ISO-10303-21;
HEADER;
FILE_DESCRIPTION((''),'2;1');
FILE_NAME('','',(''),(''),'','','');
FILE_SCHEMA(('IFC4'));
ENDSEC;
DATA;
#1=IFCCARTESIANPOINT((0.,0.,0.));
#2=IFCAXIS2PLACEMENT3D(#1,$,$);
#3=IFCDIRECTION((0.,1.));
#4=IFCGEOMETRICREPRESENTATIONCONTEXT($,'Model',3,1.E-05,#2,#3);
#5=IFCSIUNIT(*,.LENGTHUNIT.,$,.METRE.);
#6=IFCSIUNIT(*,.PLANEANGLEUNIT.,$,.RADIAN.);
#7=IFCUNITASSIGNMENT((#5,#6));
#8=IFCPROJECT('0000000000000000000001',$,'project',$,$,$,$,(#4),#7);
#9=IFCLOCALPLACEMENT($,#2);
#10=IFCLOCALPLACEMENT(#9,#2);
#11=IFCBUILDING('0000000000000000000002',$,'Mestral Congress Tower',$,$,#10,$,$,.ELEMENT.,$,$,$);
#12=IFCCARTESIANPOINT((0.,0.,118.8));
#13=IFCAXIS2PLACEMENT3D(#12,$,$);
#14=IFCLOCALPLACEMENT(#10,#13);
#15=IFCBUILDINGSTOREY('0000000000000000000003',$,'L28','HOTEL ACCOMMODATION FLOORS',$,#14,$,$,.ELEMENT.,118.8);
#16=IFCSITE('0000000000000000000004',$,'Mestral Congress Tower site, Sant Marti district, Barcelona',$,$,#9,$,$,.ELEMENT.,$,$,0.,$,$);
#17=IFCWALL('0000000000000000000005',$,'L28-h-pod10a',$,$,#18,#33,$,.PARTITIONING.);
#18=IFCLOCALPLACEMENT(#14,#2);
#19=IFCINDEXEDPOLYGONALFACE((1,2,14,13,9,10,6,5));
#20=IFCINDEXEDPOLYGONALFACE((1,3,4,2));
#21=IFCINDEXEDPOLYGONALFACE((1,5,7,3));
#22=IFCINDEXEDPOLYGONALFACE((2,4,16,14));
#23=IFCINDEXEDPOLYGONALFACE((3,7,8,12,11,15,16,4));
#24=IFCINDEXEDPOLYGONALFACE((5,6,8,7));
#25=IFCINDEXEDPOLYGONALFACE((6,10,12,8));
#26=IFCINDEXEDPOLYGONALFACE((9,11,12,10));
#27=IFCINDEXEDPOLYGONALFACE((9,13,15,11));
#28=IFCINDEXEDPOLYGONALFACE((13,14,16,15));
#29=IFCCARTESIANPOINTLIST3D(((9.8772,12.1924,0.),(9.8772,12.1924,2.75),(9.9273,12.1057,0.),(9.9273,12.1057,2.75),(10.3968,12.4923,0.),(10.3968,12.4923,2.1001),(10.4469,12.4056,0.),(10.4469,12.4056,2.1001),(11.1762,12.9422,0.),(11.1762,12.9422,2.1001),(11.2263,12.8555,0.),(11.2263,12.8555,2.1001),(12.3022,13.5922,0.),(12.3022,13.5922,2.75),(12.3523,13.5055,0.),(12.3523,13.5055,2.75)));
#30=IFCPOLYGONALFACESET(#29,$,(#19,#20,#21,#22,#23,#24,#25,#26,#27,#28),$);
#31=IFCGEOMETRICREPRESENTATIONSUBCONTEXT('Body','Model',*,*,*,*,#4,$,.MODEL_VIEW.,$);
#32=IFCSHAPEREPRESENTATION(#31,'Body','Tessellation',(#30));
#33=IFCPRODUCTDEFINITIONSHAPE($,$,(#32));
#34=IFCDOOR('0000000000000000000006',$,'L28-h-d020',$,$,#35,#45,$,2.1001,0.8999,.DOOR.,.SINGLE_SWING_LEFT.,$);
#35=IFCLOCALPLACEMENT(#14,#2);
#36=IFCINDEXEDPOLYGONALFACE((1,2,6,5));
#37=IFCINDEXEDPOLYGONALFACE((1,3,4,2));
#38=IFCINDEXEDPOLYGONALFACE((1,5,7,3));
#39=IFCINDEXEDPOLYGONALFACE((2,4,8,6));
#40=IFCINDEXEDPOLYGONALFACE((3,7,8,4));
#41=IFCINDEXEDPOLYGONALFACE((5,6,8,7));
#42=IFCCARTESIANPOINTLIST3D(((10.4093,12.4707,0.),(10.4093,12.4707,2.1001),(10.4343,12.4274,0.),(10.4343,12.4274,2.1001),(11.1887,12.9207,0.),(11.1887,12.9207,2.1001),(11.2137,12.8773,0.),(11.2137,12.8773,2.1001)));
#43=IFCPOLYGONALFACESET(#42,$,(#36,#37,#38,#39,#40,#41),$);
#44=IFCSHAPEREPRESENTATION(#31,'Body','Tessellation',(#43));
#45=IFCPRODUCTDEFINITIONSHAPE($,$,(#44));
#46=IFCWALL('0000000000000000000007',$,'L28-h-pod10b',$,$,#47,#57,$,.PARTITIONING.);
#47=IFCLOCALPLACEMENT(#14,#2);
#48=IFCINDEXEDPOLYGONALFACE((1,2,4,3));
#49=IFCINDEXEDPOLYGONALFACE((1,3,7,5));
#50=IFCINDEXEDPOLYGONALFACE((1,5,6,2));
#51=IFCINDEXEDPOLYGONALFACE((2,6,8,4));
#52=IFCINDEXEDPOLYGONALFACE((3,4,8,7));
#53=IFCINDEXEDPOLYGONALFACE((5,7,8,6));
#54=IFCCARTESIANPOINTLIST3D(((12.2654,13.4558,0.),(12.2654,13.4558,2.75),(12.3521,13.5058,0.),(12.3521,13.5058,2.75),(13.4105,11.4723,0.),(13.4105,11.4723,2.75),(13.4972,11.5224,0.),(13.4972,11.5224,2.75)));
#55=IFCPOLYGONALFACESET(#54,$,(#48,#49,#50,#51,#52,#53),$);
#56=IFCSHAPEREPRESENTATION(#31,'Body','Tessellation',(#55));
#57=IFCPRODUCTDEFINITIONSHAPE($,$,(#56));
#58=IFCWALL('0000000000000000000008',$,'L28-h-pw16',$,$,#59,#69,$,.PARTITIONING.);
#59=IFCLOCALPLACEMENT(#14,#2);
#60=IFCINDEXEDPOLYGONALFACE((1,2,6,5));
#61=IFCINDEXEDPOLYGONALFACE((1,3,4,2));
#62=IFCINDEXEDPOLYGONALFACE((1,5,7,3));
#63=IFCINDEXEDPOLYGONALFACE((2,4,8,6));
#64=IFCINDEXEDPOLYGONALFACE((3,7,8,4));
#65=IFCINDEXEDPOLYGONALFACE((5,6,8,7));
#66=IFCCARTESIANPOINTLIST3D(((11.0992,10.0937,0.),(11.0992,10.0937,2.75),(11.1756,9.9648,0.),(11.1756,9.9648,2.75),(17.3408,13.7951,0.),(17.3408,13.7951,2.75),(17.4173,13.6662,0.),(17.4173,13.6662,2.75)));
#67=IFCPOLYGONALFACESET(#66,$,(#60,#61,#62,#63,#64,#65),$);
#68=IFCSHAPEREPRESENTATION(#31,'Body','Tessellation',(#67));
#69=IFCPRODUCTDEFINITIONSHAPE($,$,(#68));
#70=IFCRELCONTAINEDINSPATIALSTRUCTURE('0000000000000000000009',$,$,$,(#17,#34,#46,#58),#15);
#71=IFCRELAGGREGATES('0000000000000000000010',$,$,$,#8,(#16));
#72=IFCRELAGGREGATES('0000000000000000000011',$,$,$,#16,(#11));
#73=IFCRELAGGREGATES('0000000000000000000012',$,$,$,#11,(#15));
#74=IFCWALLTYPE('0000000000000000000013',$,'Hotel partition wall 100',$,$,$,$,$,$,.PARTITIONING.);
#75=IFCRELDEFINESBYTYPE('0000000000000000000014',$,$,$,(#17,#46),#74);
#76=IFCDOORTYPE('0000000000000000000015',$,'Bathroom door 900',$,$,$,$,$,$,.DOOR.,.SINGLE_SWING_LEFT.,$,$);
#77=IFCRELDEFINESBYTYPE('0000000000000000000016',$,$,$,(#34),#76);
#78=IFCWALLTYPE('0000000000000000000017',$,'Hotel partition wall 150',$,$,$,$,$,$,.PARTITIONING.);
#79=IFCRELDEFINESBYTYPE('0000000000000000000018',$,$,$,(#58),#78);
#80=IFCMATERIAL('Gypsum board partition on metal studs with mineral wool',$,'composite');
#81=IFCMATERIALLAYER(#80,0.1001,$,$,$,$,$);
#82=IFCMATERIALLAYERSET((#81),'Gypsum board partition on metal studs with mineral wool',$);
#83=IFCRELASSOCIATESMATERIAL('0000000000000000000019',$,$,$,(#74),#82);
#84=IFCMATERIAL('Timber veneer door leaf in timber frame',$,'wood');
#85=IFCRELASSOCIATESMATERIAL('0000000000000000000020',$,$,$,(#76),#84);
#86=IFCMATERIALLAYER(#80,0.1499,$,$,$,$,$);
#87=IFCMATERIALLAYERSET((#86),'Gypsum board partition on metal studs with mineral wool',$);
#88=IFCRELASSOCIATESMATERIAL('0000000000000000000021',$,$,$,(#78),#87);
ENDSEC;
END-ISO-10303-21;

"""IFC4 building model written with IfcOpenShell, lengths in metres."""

from ifc_helpers import new_model, si_unit, direction, frame, frame_2d, origin, place, context, subcontext, project, spatial, rectangle, extrude, material, layer, layer_set, type_object, element, fill, save


model = new_model("IFC4")

# Units and contexts
model_context = context("Model", 3, precision=1e-05, world=origin(), true_north=direction((0.0, 1.0)))
body_context = subcontext(model_context, "Body", "Model", "MODEL_VIEW")
ifc_project = project(units=[si_unit("LENGTHUNIT", "METRE"), si_unit("PLANEANGLEUNIT", "RADIAN")], contexts=[model_context])

# Site, building, storey
site_placement = place(None, origin())
site = spatial("IfcSite", under=ifc_project, at=site_placement, Name="Mestral Congress Tower site, Sant Marti district, Barcelona", CompositionType="ELEMENT", RefElevation=0.0)
building_placement = place(site_placement, origin())
building = spatial("IfcBuilding", under=site, at=building_placement, Name="Mestral Congress Tower", CompositionType="ELEMENT")
storey_placement = place(building_placement, frame((0.0, 0.0, 118.8)))
storey = spatial("IfcBuildingStorey", under=building, at=storey_placement, Name="L28", Description="HOTEL ACCOMMODATION FLOORS", CompositionType="ELEMENT", Elevation=118.8)

# Shared definitions
ifc_material_1 = material(Name="Gypsum board partition on metal studs with mineral wool", Category="composite")
ifc_layer_1 = layer(ifc_material_1, 0.1001)
ifc_layer_set_1 = layer_set([ifc_layer_1], Name="Gypsum board partition on metal studs with mineral wool")
wall_type_1 = type_object("IfcWallType", Name="Hotel partition wall 100", PredefinedType="PARTITIONING", material=ifc_layer_set_1)

# Wall, opening, door
wall_1_placement = place(storey_placement, frame((12.3271, 13.5488, 0.0), z_axis=(0.0, 0.0, 1.0), x_axis=(-0.866056, -0.499946, 0.0)))
wall_1 = element("IfcWall", 1, at=wall_1_placement, inside=storey, type_object=wall_type_1, Name="L28-h-pod10a", PredefinedType="PARTITIONING", context=body_context, shape_type="SweptSolid", body=[
    extrude(rectangle(XDim=2.8, YDim=0.1001, at=frame_2d((1.3999, 0.0))), origin(), (0.0, 0.0, 1.0), 2.75),
])
opening_1_placement = place(wall_1_placement, frame((1.3, 0.0, 0.0)))
opening_1 = element("IfcOpeningElement", 2, at=opening_1_placement, cuts=wall_1, PredefinedType="OPENING", context=body_context, shape_type="SweptSolid", body=[
    extrude(rectangle(XDim=0.8999, YDim=2.1001, at=frame_2d((0.45, 1.05))), frame((0.0, 0.0601, 0.0), z_axis=(0.0, -1.0, 0.0), x_axis=(1.0, 0.0, 0.0)), (0.0, 0.0, 1.0), 0.1201),
])
ifc_material_2 = material(Name="Timber veneer door leaf in timber frame", Category="wood")
door_type = type_object("IfcDoorType", Name="Bathroom door 900", OperationType="SINGLE_SWING_LEFT", PredefinedType="DOOR", material=ifc_material_2)
door_placement = place(opening_1_placement, origin())
door = element("IfcDoor", 3, at=door_placement, inside=storey, type_object=door_type, Name="L28-h-d020", OperationType="SINGLE_SWING_LEFT", OverallHeight=2.1001, OverallWidth=0.8999, PredefinedType="DOOR", context=body_context, shape_type="SweptSolid", body=[
    extrude(rectangle(XDim=0.8999, YDim=2.1001, at=frame_2d((0.45, 1.05))), frame((0.0, 0.0249, 0.0), z_axis=(0.0, -1.0, 0.0), x_axis=(1.0, 0.0, 0.0)), (0.0, 0.0, 1.0), 0.05),
])
fill(opening_1, door)

# Walls
wall_2_placement = place(storey_placement, frame((12.3088, 13.4807, 0.0), z_axis=(0.0, 0.0, 1.0), x_axis=(0.499969, -0.866044, 0.0)))
element("IfcWall", 4, at=wall_2_placement, inside=storey, type_object=wall_type_1, Name="L28-h-pod10b", PredefinedType="PARTITIONING", context=body_context, shape_type="SweptSolid", body=[
    extrude(rectangle(XDim=2.2903, YDim=0.1001, at=frame_2d((1.145, 0.0))), origin(), (0.0, 0.0, 1.0), 2.75),
])
ifc_layer_2 = layer(ifc_material_1, 0.1499)
ifc_layer_set_2 = layer_set([ifc_layer_2], Name="Gypsum board partition on metal studs with mineral wool")
wall_type_2 = type_object("IfcWallType", Name="Hotel partition wall 150", PredefinedType="PARTITIONING", material=ifc_layer_set_2)
wall_3_placement = place(storey_placement, frame((17.3792, 13.7307, 0.0), z_axis=(0.0, 0.0, 1.0), x_axis=(-0.860132, -0.510071, 0.0)))
element("IfcWall", 5, at=wall_3_placement, inside=storey, type_object=wall_type_2, Name="L28-h-pw16", PredefinedType="PARTITIONING", context=body_context, shape_type="SweptSolid", body=[
    extrude(rectangle(XDim=7.2566, YDim=0.1499, at=frame_2d((3.6284, 0.0))), origin(), (0.0, 0.0, 1.0), 2.75),
])

save(model, "model.ifc")
